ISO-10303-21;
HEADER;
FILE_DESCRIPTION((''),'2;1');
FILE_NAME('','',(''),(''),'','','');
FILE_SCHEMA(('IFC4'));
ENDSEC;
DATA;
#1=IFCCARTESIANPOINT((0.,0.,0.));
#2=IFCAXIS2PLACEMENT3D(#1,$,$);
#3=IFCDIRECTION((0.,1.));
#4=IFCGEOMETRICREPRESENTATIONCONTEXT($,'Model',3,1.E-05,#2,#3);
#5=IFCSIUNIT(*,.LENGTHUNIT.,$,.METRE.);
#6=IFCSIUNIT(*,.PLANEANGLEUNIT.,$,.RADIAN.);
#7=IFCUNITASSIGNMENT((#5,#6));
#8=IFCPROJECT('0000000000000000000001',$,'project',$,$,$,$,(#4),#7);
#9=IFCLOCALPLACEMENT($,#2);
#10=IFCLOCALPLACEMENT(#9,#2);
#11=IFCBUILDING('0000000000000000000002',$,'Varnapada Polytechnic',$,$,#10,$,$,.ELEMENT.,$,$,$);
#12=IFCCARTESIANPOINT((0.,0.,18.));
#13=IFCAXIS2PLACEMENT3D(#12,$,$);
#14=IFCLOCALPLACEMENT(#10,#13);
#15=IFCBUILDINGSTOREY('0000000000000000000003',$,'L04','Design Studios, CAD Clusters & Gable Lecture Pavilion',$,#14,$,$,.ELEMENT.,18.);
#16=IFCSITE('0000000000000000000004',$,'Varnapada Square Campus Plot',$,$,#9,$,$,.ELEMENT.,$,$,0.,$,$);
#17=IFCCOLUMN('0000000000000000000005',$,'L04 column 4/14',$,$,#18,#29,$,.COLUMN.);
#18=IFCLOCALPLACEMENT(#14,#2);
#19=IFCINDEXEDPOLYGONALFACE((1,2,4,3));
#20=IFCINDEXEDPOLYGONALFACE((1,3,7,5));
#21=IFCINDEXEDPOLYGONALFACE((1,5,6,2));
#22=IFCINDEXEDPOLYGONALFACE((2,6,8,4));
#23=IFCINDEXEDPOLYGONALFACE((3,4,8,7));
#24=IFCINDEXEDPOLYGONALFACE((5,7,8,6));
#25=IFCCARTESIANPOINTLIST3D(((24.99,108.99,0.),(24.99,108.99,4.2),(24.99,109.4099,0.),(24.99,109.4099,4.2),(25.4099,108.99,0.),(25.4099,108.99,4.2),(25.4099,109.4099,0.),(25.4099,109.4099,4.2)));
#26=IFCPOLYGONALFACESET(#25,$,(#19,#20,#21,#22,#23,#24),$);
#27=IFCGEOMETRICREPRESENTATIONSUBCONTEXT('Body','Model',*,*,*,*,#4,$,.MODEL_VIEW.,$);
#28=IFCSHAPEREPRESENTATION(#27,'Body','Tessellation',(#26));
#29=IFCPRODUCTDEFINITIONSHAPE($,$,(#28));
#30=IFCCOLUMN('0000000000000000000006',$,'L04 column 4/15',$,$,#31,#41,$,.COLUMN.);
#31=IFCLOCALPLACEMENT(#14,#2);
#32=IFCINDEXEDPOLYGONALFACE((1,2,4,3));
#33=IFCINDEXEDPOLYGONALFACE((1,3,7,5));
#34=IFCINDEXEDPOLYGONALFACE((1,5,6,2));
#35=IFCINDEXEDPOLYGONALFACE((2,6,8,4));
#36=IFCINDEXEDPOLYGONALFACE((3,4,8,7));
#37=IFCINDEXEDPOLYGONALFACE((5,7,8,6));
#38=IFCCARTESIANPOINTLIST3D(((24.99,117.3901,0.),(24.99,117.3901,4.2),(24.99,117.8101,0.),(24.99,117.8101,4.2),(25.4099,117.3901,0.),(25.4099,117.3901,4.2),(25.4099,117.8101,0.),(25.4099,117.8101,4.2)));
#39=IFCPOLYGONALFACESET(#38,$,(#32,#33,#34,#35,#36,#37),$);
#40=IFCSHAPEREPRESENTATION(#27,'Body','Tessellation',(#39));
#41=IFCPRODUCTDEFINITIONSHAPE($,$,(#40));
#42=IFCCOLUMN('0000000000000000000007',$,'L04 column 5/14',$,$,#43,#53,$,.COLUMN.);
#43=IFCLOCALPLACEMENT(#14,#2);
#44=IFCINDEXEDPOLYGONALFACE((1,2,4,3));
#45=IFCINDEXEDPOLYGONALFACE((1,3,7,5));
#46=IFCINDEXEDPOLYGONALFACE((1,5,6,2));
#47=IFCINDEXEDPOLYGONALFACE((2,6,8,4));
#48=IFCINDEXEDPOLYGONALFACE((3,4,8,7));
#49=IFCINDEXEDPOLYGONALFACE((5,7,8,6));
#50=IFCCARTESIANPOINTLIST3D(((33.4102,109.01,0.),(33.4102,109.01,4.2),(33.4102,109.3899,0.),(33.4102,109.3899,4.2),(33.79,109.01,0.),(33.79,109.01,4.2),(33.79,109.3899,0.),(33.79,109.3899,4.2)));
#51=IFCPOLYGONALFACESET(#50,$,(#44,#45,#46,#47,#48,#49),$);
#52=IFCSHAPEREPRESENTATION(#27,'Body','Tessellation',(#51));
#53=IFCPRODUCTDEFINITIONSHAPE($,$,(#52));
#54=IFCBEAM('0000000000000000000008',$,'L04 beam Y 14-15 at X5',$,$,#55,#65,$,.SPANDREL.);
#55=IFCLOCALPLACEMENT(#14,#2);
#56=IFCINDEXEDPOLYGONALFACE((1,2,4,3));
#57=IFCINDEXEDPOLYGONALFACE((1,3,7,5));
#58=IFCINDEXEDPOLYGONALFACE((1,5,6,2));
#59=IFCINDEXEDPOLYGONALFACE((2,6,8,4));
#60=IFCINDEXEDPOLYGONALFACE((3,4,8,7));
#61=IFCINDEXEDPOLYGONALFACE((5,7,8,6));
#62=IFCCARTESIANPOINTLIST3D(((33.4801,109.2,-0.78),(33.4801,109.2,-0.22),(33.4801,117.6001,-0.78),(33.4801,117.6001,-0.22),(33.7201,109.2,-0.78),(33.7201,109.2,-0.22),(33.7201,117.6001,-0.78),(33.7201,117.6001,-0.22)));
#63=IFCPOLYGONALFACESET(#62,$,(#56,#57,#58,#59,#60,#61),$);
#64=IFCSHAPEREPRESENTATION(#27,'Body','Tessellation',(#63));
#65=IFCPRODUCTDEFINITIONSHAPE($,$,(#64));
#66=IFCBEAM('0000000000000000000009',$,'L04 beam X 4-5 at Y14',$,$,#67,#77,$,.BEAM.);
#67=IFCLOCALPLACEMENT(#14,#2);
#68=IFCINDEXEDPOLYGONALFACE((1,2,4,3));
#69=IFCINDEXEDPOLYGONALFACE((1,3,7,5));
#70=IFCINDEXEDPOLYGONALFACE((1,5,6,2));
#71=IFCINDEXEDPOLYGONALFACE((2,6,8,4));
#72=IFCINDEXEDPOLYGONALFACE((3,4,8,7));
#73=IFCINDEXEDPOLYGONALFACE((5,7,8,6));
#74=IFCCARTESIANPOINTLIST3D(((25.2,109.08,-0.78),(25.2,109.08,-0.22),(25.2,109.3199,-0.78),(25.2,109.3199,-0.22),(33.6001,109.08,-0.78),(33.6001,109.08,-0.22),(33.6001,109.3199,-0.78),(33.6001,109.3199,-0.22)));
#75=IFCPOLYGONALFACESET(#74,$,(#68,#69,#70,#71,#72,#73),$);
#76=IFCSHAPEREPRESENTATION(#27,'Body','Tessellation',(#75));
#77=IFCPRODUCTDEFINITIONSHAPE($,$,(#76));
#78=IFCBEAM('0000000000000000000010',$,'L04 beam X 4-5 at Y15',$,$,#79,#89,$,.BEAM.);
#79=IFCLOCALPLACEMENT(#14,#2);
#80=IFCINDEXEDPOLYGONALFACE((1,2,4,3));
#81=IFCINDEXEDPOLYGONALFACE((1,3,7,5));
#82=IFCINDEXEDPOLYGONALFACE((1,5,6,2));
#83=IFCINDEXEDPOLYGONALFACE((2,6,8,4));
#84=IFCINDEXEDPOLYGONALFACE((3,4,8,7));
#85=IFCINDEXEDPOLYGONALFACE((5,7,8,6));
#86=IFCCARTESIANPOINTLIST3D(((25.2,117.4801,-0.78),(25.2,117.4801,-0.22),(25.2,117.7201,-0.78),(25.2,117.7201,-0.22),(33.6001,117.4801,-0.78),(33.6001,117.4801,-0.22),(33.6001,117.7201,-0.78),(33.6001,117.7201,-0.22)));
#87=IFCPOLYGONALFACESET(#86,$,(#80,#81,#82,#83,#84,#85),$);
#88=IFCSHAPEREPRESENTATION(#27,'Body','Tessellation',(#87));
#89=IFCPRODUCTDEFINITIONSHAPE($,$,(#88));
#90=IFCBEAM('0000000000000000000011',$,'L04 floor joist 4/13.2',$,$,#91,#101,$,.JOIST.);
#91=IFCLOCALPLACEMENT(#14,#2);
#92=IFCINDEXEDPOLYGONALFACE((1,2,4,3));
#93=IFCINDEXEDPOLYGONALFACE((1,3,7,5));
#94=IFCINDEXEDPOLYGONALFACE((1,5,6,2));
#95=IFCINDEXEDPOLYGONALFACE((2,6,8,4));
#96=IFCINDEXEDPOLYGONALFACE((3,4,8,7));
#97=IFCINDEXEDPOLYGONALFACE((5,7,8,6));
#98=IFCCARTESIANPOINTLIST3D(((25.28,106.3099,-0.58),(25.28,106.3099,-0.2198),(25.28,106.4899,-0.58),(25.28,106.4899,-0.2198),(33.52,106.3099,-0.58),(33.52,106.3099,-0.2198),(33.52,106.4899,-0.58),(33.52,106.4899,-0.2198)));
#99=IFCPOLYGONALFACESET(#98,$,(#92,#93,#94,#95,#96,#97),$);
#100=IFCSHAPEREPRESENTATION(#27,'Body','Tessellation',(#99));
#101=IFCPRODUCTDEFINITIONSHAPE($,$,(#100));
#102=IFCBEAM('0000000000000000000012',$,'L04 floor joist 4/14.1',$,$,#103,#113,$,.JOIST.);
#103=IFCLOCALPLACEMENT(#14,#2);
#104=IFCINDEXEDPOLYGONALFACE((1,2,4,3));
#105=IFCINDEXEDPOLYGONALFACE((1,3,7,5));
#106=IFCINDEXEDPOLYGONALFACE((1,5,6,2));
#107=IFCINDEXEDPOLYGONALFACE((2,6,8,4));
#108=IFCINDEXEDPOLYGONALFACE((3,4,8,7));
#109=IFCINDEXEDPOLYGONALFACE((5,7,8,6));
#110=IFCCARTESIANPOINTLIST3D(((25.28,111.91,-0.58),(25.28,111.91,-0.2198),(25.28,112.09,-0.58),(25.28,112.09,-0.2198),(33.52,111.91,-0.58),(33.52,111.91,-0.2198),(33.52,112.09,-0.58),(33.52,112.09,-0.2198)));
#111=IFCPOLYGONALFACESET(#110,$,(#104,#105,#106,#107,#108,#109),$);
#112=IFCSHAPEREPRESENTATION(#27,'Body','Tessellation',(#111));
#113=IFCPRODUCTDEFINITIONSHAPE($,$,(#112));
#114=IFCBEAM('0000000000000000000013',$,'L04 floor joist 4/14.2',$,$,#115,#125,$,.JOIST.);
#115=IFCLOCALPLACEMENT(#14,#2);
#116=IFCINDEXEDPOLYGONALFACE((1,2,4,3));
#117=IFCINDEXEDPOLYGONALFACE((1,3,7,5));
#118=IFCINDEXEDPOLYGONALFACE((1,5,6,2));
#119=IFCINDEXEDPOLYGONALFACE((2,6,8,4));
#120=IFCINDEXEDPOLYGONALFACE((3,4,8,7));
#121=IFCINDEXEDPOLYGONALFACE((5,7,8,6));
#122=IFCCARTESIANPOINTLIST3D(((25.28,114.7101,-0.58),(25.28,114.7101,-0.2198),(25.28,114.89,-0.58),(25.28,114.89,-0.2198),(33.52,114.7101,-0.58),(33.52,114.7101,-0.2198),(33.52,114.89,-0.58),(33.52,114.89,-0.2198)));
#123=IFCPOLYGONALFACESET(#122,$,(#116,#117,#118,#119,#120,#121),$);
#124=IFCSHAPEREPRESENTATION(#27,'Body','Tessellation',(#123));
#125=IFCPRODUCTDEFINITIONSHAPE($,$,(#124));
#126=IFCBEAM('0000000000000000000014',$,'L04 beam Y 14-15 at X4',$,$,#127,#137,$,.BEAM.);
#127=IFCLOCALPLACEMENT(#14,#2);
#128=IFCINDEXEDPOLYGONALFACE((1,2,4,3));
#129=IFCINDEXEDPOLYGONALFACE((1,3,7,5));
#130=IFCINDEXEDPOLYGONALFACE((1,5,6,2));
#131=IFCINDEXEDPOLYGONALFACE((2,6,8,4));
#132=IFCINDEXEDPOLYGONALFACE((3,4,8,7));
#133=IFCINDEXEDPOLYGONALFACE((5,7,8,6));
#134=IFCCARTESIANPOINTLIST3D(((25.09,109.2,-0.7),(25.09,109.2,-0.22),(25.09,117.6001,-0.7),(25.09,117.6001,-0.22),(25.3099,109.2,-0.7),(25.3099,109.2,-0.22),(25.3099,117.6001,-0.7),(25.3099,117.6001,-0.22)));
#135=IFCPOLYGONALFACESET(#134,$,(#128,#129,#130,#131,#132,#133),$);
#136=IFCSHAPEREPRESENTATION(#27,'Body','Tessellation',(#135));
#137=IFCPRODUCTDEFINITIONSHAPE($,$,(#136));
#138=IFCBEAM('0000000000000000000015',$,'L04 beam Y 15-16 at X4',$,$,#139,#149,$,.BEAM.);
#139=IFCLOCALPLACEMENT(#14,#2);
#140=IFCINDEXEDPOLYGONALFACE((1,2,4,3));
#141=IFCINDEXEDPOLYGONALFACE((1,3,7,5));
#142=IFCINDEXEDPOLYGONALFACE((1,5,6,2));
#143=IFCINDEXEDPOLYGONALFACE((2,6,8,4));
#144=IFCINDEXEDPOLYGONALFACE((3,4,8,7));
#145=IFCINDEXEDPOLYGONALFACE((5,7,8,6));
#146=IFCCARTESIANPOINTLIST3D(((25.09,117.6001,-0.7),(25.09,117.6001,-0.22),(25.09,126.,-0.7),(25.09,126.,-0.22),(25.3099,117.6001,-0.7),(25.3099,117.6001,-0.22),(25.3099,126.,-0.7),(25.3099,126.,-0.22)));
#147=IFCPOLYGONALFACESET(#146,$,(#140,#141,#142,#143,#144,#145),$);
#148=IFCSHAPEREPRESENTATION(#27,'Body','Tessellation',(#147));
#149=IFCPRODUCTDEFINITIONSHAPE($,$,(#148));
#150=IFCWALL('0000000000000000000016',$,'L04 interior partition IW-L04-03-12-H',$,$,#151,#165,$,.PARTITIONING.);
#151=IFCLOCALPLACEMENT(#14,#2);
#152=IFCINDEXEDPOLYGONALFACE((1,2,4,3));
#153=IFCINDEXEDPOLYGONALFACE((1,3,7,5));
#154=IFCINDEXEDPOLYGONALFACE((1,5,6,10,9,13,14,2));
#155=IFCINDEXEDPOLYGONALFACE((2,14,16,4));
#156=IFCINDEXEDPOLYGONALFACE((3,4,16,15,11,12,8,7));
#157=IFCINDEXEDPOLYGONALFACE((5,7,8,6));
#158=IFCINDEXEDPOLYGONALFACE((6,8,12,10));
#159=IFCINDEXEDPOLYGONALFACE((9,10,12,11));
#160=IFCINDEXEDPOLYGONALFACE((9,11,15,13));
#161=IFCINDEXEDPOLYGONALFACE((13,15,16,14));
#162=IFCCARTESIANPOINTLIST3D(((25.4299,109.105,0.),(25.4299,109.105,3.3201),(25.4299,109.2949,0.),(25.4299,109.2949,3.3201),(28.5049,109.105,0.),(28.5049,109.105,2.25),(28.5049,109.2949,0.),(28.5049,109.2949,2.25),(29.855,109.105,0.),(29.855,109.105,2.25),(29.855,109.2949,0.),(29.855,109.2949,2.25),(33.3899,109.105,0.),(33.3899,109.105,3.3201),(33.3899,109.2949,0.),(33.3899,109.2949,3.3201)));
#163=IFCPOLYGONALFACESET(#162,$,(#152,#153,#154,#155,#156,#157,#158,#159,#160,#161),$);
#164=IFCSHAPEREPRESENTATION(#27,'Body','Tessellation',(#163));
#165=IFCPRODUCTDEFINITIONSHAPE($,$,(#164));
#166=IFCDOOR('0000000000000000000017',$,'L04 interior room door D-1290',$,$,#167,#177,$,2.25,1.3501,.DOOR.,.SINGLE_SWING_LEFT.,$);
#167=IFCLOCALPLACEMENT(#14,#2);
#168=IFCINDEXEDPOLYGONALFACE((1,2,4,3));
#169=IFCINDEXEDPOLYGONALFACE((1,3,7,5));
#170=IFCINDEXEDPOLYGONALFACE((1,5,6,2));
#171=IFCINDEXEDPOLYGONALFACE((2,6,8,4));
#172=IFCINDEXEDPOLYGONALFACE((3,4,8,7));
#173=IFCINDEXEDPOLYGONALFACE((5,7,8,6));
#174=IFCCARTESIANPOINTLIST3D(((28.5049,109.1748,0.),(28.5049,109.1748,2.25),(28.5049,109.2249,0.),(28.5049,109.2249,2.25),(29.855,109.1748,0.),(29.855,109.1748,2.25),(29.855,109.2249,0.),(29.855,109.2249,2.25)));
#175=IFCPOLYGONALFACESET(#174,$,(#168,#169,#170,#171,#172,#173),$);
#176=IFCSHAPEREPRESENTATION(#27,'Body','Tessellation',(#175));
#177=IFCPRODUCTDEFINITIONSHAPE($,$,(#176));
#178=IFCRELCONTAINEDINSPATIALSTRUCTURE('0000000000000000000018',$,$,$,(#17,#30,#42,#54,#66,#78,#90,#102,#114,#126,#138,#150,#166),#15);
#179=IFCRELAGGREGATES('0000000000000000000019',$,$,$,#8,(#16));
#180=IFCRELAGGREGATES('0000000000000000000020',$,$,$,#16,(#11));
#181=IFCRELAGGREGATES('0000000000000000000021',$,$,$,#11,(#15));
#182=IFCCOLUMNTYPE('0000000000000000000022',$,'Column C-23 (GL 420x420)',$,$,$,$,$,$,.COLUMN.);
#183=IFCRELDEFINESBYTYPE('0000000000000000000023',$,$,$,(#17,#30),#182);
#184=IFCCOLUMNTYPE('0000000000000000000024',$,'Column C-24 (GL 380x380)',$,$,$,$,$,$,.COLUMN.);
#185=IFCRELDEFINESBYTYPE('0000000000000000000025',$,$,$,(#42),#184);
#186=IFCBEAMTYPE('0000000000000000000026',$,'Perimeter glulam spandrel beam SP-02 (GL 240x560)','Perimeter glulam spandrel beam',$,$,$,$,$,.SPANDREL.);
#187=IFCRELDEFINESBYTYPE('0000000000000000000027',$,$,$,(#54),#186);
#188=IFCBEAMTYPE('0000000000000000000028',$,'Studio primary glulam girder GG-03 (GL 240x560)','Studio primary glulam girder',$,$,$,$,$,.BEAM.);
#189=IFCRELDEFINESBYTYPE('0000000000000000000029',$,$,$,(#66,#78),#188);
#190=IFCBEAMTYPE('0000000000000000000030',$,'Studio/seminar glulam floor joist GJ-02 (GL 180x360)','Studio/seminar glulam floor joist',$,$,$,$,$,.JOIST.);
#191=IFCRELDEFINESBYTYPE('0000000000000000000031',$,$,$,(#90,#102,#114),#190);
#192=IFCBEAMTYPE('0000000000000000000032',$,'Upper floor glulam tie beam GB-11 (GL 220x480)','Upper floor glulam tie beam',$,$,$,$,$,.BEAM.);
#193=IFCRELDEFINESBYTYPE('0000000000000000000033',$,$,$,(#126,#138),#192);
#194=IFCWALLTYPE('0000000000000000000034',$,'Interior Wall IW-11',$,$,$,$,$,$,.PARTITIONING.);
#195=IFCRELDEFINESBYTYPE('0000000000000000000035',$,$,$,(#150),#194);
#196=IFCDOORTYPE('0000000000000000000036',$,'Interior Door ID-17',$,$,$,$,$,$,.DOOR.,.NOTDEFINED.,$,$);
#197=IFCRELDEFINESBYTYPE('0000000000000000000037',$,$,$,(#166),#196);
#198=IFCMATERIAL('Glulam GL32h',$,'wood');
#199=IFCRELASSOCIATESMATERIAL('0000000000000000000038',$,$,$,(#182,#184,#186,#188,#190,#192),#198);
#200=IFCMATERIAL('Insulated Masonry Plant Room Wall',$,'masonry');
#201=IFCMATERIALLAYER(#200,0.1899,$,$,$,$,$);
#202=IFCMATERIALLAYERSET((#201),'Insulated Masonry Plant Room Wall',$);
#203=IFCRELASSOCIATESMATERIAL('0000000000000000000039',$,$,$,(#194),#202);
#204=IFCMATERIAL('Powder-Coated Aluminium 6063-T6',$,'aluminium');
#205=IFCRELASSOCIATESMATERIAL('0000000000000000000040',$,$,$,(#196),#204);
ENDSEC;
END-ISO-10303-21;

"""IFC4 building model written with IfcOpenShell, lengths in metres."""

from ifc_helpers import new_model, si_unit, direction, frame, frame_2d, origin, origin_2d, place, context, subcontext, project, spatial, rectangle, extrude, material, layer, layer_set, material_profile, profile_set, type_object, element, fill, save


model = new_model("IFC4")

# Units and contexts
model_context = context("Model", 3, precision=1e-05, world=origin(), true_north=direction((0.0, 1.0)))
body_context = subcontext(model_context, "Body", "Model", "MODEL_VIEW")
ifc_project = project(units=[si_unit("LENGTHUNIT", "METRE"), si_unit("PLANEANGLEUNIT", "RADIAN")], contexts=[model_context])

# Site, building, storey
site_placement = place(None, origin())
site = spatial("IfcSite", under=ifc_project, at=site_placement, Name="Varnapada Square Campus Plot", CompositionType="ELEMENT", RefElevation=0.0)
building_placement = place(site_placement, origin())
building = spatial("IfcBuilding", under=site, at=building_placement, Name="Varnapada Polytechnic", CompositionType="ELEMENT")
storey_placement = place(building_placement, frame((0.0, 0.0, 18.0)))
storey = spatial("IfcBuildingStorey", under=building, at=storey_placement, Name="L04", Description="Design Studios, CAD Clusters & Gable Lecture Pavilion", CompositionType="ELEMENT", Elevation=18.0)

# Columns
ifc_material_1 = material(Name="Glulam GL32h", Category="wood")
ifc_material_profile_1 = material_profile(ifc_material_1, rectangle(XDim=0.4199, YDim=0.4199, at=origin_2d()), Name="GL 420x420")
ifc_profile_set_1 = profile_set([ifc_material_profile_1], Name="Glulam GL32h")
column_type_1 = type_object("IfcColumnType", Name="Column C-23 (GL 420x420)", PredefinedType="COLUMN", material=ifc_profile_set_1)
for number, where, z_axis, x_axis, name in (
    (1, (25.2, 109.2, 0.0), (0.0, 0.0, 1.0), (1.0, 0.0, 0.0), "L04 column 4/14"),
    (2, (25.2, 117.6001, 0.0), (0.0, 0.0, 1.0), (1.0, 0.0, 0.0), "L04 column 4/15"),
):
    element("IfcColumn", number, at=place(storey_placement, frame(where, z_axis=z_axis, x_axis=x_axis)), inside=storey, type_object=column_type_1, Name=name, PredefinedType="COLUMN", context=body_context, shape_type="SweptSolid", body=[
        extrude(rectangle(XDim=0.4199, YDim=0.4199, at=origin_2d()), origin(), (0.0, 0.0, 1.0), 4.2),
    ])
ifc_material_profile_2 = material_profile(ifc_material_1, rectangle(XDim=0.3799, YDim=0.3799, at=origin_2d()), Name="GL 380x380")
ifc_profile_set_2 = profile_set([ifc_material_profile_2], Name="Glulam GL32h")
column_type_2 = type_object("IfcColumnType", Name="Column C-24 (GL 380x380)", PredefinedType="COLUMN", material=ifc_profile_set_2)
column_placement = place(storey_placement, frame((33.6001, 109.2, 0.0), z_axis=(0.0, 0.0, 1.0), x_axis=(1.0, 0.0, 0.0)))
element("IfcColumn", 3, at=column_placement, inside=storey, type_object=column_type_2, Name="L04 column 5/14", PredefinedType="COLUMN", context=body_context, shape_type="SweptSolid", body=[
    extrude(rectangle(XDim=0.3799, YDim=0.3799, at=origin_2d()), origin(), (0.0, 0.0, 1.0), 4.2),
])

# Beams
ifc_material_profile_3 = material_profile(ifc_material_1, rectangle(XDim=0.24, YDim=0.5601, at=origin_2d()), Name="GL 240x560")
ifc_profile_set_3 = profile_set([ifc_material_profile_3], Name="Glulam GL32h")
beam_type_1 = type_object("IfcBeamType", Name="Perimeter glulam spandrel beam SP-02 (GL 240x560)", Description="Perimeter glulam spandrel beam", PredefinedType="SPANDREL", material=ifc_profile_set_3)
beam_1_placement = place(storey_placement, frame((33.6001, 109.2, -0.5), z_axis=(0.0, 1.0, 0.0), x_axis=(-1.0, 0.0, 0.0)))
element("IfcBeam", 4, at=beam_1_placement, inside=storey, type_object=beam_type_1, Name="L04 beam Y 14-15 at X5", PredefinedType="SPANDREL", context=body_context, shape_type="SweptSolid", body=[
    extrude(rectangle(XDim=0.24, YDim=0.5601, at=origin_2d()), origin(), (0.0, 0.0, 1.0), 8.4001),
])
ifc_material_profile_4 = material_profile(ifc_material_1, rectangle(XDim=0.24, YDim=0.5601, at=origin_2d()), Name="GL 240x560")
ifc_profile_set_4 = profile_set([ifc_material_profile_4], Name="Glulam GL32h")
beam_type_2 = type_object("IfcBeamType", Name="Studio primary glulam girder GG-03 (GL 240x560)", Description="Studio primary glulam girder", PredefinedType="BEAM", material=ifc_profile_set_4)
for number, where, z_axis, x_axis, name in (
    (5, (25.2, 109.2, -0.5), (1.0, 0.0, 0.0), (0.0, 1.0, 0.0), "L04 beam X 4-5 at Y14"),
    (6, (25.2, 117.6001, -0.5), (1.0, 0.0, 0.0), (0.0, 1.0, 0.0), "L04 beam X 4-5 at Y15"),
):
    element("IfcBeam", number, at=place(storey_placement, frame(where, z_axis=z_axis, x_axis=x_axis)), inside=storey, type_object=beam_type_2, Name=name, PredefinedType="BEAM", context=body_context, shape_type="SweptSolid", body=[
        extrude(rectangle(XDim=0.24, YDim=0.5601, at=origin_2d()), origin(), (0.0, 0.0, 1.0), 8.4001),
    ])
ifc_material_profile_5 = material_profile(ifc_material_1, rectangle(XDim=0.1799, YDim=0.3601, at=origin_2d()), Name="GL 180x360")
ifc_profile_set_5 = profile_set([ifc_material_profile_5], Name="Glulam GL32h")
beam_type_3 = type_object("IfcBeamType", Name="Studio/seminar glulam floor joist GJ-02 (GL 180x360)", Description="Studio/seminar glulam floor joist", PredefinedType="JOIST", material=ifc_profile_set_5)
for number, where, z_axis, x_axis, name in (
    (7, (25.28, 106.3999, -0.3999), (1.0, 0.0, 0.0), (0.0, 1.0, 0.0), "L04 floor joist 4/13.2"),
    (8, (25.28, 112.0, -0.3999), (1.0, 0.0, 0.0), (0.0, 1.0, 0.0), "L04 floor joist 4/14.1"),
    (9, (25.28, 114.8, -0.3999), (1.0, 0.0, 0.0), (0.0, 1.0, 0.0), "L04 floor joist 4/14.2"),
):
    element("IfcBeam", number, at=place(storey_placement, frame(where, z_axis=z_axis, x_axis=x_axis)), inside=storey, type_object=beam_type_3, Name=name, PredefinedType="JOIST", context=body_context, shape_type="SweptSolid", body=[
        extrude(rectangle(XDim=0.1799, YDim=0.3601, at=origin_2d()), origin(), (0.0, 0.0, 1.0), 8.24),
    ])
ifc_material_profile_6 = material_profile(ifc_material_1, rectangle(XDim=0.22, YDim=0.48, at=origin_2d()), Name="GL 220x480")
ifc_profile_set_6 = profile_set([ifc_material_profile_6], Name="Glulam GL32h")
beam_type_4 = type_object("IfcBeamType", Name="Upper floor glulam tie beam GB-11 (GL 220x480)", Description="Upper floor glulam tie beam", PredefinedType="BEAM", material=ifc_profile_set_6)
beam_2_placement = place(storey_placement, frame((25.2, 109.2, -0.46), z_axis=(0.0, 1.0, 0.0), x_axis=(-1.0, 0.0, 0.0)))
element("IfcBeam", 10, at=beam_2_placement, inside=storey, type_object=beam_type_4, Name="L04 beam Y 14-15 at X4", PredefinedType="BEAM", context=body_context, shape_type="SweptSolid", body=[
    extrude(rectangle(XDim=0.22, YDim=0.48, at=origin_2d()), origin(), (0.0, 0.0, 1.0), 8.4001),
])
beam_3_placement = place(storey_placement, frame((25.2, 117.6001, -0.46), z_axis=(0.0, 1.0, 0.0), x_axis=(-1.0, 0.0, 0.0)))
element("IfcBeam", 11, at=beam_3_placement, inside=storey, type_object=beam_type_4, Name="L04 beam Y 15-16 at X4", PredefinedType="BEAM", context=body_context, shape_type="SweptSolid", body=[
    extrude(rectangle(XDim=0.22, YDim=0.48, at=origin_2d()), origin(), (0.0, 0.0, 1.0), 8.3999),
])

# Wall, opening, door
ifc_material_2 = material(Name="Insulated Masonry Plant Room Wall", Category="masonry")
ifc_layer_1 = layer(ifc_material_2, 0.1899)
ifc_layer_set_1 = layer_set([ifc_layer_1], Name="Insulated Masonry Plant Room Wall")
wall_type_1 = type_object("IfcWallType", Name="Interior Wall IW-11", PredefinedType="PARTITIONING", material=ifc_layer_set_1)
wall_1_placement = place(storey_placement, frame((25.4299, 109.2, 0.0), z_axis=(0.0, 0.0, 1.0), x_axis=(1.0, 0.0, 0.0)))
wall_1 = element("IfcWall", 12, at=wall_1_placement, inside=storey, type_object=wall_type_1, Name="L04 interior partition IW-L04-03-12-H", PredefinedType="PARTITIONING", context=body_context, shape_type="SweptSolid", body=[
    extrude(rectangle(XDim=7.96, YDim=0.1899, at=frame_2d((3.98, 0.0))), origin(), (0.0, 0.0, 1.0), 3.3201),
])
opening_1_placement = place(wall_1_placement, frame((3.075, 0.0, 0.0)))
opening_1 = element("IfcOpeningElement", 13, at=opening_1_placement, cuts=wall_1, PredefinedType="OPENING", context=body_context, shape_type="SweptSolid", body=[
    extrude(rectangle(XDim=1.3501, YDim=2.25, at=frame_2d((0.675, 1.125))), frame((0.0, 0.105, 0.0), z_axis=(0.0, -1.0, 0.0), x_axis=(1.0, 0.0, 0.0)), (0.0, 0.0, 1.0), 0.21),
])
ifc_material_3 = material(Name="Powder-Coated Aluminium 6063-T6", Category="aluminium")
door_type_1 = type_object("IfcDoorType", Name="Interior Door ID-17", OperationType="NOTDEFINED", PredefinedType="DOOR", material=ifc_material_3)
door_1_placement = place(opening_1_placement, origin())
door_1 = element("IfcDoor", 14, at=door_1_placement, inside=storey, type_object=door_type_1, Name="L04 interior room door D-1290", OperationType="SINGLE_SWING_LEFT", OverallHeight=2.25, OverallWidth=1.3501, PredefinedType="DOOR", context=body_context, shape_type="SweptSolid", body=[
    extrude(rectangle(XDim=1.3501, YDim=2.25, at=frame_2d((0.675, 1.125))), frame((0.0, 0.0249, 0.0), z_axis=(0.0, -1.0, 0.0), x_axis=(1.0, 0.0, 0.0)), (0.0, 0.0, 1.0), 0.05),
])
fill(opening_1, door_1)

save(model, "model.ifc")
